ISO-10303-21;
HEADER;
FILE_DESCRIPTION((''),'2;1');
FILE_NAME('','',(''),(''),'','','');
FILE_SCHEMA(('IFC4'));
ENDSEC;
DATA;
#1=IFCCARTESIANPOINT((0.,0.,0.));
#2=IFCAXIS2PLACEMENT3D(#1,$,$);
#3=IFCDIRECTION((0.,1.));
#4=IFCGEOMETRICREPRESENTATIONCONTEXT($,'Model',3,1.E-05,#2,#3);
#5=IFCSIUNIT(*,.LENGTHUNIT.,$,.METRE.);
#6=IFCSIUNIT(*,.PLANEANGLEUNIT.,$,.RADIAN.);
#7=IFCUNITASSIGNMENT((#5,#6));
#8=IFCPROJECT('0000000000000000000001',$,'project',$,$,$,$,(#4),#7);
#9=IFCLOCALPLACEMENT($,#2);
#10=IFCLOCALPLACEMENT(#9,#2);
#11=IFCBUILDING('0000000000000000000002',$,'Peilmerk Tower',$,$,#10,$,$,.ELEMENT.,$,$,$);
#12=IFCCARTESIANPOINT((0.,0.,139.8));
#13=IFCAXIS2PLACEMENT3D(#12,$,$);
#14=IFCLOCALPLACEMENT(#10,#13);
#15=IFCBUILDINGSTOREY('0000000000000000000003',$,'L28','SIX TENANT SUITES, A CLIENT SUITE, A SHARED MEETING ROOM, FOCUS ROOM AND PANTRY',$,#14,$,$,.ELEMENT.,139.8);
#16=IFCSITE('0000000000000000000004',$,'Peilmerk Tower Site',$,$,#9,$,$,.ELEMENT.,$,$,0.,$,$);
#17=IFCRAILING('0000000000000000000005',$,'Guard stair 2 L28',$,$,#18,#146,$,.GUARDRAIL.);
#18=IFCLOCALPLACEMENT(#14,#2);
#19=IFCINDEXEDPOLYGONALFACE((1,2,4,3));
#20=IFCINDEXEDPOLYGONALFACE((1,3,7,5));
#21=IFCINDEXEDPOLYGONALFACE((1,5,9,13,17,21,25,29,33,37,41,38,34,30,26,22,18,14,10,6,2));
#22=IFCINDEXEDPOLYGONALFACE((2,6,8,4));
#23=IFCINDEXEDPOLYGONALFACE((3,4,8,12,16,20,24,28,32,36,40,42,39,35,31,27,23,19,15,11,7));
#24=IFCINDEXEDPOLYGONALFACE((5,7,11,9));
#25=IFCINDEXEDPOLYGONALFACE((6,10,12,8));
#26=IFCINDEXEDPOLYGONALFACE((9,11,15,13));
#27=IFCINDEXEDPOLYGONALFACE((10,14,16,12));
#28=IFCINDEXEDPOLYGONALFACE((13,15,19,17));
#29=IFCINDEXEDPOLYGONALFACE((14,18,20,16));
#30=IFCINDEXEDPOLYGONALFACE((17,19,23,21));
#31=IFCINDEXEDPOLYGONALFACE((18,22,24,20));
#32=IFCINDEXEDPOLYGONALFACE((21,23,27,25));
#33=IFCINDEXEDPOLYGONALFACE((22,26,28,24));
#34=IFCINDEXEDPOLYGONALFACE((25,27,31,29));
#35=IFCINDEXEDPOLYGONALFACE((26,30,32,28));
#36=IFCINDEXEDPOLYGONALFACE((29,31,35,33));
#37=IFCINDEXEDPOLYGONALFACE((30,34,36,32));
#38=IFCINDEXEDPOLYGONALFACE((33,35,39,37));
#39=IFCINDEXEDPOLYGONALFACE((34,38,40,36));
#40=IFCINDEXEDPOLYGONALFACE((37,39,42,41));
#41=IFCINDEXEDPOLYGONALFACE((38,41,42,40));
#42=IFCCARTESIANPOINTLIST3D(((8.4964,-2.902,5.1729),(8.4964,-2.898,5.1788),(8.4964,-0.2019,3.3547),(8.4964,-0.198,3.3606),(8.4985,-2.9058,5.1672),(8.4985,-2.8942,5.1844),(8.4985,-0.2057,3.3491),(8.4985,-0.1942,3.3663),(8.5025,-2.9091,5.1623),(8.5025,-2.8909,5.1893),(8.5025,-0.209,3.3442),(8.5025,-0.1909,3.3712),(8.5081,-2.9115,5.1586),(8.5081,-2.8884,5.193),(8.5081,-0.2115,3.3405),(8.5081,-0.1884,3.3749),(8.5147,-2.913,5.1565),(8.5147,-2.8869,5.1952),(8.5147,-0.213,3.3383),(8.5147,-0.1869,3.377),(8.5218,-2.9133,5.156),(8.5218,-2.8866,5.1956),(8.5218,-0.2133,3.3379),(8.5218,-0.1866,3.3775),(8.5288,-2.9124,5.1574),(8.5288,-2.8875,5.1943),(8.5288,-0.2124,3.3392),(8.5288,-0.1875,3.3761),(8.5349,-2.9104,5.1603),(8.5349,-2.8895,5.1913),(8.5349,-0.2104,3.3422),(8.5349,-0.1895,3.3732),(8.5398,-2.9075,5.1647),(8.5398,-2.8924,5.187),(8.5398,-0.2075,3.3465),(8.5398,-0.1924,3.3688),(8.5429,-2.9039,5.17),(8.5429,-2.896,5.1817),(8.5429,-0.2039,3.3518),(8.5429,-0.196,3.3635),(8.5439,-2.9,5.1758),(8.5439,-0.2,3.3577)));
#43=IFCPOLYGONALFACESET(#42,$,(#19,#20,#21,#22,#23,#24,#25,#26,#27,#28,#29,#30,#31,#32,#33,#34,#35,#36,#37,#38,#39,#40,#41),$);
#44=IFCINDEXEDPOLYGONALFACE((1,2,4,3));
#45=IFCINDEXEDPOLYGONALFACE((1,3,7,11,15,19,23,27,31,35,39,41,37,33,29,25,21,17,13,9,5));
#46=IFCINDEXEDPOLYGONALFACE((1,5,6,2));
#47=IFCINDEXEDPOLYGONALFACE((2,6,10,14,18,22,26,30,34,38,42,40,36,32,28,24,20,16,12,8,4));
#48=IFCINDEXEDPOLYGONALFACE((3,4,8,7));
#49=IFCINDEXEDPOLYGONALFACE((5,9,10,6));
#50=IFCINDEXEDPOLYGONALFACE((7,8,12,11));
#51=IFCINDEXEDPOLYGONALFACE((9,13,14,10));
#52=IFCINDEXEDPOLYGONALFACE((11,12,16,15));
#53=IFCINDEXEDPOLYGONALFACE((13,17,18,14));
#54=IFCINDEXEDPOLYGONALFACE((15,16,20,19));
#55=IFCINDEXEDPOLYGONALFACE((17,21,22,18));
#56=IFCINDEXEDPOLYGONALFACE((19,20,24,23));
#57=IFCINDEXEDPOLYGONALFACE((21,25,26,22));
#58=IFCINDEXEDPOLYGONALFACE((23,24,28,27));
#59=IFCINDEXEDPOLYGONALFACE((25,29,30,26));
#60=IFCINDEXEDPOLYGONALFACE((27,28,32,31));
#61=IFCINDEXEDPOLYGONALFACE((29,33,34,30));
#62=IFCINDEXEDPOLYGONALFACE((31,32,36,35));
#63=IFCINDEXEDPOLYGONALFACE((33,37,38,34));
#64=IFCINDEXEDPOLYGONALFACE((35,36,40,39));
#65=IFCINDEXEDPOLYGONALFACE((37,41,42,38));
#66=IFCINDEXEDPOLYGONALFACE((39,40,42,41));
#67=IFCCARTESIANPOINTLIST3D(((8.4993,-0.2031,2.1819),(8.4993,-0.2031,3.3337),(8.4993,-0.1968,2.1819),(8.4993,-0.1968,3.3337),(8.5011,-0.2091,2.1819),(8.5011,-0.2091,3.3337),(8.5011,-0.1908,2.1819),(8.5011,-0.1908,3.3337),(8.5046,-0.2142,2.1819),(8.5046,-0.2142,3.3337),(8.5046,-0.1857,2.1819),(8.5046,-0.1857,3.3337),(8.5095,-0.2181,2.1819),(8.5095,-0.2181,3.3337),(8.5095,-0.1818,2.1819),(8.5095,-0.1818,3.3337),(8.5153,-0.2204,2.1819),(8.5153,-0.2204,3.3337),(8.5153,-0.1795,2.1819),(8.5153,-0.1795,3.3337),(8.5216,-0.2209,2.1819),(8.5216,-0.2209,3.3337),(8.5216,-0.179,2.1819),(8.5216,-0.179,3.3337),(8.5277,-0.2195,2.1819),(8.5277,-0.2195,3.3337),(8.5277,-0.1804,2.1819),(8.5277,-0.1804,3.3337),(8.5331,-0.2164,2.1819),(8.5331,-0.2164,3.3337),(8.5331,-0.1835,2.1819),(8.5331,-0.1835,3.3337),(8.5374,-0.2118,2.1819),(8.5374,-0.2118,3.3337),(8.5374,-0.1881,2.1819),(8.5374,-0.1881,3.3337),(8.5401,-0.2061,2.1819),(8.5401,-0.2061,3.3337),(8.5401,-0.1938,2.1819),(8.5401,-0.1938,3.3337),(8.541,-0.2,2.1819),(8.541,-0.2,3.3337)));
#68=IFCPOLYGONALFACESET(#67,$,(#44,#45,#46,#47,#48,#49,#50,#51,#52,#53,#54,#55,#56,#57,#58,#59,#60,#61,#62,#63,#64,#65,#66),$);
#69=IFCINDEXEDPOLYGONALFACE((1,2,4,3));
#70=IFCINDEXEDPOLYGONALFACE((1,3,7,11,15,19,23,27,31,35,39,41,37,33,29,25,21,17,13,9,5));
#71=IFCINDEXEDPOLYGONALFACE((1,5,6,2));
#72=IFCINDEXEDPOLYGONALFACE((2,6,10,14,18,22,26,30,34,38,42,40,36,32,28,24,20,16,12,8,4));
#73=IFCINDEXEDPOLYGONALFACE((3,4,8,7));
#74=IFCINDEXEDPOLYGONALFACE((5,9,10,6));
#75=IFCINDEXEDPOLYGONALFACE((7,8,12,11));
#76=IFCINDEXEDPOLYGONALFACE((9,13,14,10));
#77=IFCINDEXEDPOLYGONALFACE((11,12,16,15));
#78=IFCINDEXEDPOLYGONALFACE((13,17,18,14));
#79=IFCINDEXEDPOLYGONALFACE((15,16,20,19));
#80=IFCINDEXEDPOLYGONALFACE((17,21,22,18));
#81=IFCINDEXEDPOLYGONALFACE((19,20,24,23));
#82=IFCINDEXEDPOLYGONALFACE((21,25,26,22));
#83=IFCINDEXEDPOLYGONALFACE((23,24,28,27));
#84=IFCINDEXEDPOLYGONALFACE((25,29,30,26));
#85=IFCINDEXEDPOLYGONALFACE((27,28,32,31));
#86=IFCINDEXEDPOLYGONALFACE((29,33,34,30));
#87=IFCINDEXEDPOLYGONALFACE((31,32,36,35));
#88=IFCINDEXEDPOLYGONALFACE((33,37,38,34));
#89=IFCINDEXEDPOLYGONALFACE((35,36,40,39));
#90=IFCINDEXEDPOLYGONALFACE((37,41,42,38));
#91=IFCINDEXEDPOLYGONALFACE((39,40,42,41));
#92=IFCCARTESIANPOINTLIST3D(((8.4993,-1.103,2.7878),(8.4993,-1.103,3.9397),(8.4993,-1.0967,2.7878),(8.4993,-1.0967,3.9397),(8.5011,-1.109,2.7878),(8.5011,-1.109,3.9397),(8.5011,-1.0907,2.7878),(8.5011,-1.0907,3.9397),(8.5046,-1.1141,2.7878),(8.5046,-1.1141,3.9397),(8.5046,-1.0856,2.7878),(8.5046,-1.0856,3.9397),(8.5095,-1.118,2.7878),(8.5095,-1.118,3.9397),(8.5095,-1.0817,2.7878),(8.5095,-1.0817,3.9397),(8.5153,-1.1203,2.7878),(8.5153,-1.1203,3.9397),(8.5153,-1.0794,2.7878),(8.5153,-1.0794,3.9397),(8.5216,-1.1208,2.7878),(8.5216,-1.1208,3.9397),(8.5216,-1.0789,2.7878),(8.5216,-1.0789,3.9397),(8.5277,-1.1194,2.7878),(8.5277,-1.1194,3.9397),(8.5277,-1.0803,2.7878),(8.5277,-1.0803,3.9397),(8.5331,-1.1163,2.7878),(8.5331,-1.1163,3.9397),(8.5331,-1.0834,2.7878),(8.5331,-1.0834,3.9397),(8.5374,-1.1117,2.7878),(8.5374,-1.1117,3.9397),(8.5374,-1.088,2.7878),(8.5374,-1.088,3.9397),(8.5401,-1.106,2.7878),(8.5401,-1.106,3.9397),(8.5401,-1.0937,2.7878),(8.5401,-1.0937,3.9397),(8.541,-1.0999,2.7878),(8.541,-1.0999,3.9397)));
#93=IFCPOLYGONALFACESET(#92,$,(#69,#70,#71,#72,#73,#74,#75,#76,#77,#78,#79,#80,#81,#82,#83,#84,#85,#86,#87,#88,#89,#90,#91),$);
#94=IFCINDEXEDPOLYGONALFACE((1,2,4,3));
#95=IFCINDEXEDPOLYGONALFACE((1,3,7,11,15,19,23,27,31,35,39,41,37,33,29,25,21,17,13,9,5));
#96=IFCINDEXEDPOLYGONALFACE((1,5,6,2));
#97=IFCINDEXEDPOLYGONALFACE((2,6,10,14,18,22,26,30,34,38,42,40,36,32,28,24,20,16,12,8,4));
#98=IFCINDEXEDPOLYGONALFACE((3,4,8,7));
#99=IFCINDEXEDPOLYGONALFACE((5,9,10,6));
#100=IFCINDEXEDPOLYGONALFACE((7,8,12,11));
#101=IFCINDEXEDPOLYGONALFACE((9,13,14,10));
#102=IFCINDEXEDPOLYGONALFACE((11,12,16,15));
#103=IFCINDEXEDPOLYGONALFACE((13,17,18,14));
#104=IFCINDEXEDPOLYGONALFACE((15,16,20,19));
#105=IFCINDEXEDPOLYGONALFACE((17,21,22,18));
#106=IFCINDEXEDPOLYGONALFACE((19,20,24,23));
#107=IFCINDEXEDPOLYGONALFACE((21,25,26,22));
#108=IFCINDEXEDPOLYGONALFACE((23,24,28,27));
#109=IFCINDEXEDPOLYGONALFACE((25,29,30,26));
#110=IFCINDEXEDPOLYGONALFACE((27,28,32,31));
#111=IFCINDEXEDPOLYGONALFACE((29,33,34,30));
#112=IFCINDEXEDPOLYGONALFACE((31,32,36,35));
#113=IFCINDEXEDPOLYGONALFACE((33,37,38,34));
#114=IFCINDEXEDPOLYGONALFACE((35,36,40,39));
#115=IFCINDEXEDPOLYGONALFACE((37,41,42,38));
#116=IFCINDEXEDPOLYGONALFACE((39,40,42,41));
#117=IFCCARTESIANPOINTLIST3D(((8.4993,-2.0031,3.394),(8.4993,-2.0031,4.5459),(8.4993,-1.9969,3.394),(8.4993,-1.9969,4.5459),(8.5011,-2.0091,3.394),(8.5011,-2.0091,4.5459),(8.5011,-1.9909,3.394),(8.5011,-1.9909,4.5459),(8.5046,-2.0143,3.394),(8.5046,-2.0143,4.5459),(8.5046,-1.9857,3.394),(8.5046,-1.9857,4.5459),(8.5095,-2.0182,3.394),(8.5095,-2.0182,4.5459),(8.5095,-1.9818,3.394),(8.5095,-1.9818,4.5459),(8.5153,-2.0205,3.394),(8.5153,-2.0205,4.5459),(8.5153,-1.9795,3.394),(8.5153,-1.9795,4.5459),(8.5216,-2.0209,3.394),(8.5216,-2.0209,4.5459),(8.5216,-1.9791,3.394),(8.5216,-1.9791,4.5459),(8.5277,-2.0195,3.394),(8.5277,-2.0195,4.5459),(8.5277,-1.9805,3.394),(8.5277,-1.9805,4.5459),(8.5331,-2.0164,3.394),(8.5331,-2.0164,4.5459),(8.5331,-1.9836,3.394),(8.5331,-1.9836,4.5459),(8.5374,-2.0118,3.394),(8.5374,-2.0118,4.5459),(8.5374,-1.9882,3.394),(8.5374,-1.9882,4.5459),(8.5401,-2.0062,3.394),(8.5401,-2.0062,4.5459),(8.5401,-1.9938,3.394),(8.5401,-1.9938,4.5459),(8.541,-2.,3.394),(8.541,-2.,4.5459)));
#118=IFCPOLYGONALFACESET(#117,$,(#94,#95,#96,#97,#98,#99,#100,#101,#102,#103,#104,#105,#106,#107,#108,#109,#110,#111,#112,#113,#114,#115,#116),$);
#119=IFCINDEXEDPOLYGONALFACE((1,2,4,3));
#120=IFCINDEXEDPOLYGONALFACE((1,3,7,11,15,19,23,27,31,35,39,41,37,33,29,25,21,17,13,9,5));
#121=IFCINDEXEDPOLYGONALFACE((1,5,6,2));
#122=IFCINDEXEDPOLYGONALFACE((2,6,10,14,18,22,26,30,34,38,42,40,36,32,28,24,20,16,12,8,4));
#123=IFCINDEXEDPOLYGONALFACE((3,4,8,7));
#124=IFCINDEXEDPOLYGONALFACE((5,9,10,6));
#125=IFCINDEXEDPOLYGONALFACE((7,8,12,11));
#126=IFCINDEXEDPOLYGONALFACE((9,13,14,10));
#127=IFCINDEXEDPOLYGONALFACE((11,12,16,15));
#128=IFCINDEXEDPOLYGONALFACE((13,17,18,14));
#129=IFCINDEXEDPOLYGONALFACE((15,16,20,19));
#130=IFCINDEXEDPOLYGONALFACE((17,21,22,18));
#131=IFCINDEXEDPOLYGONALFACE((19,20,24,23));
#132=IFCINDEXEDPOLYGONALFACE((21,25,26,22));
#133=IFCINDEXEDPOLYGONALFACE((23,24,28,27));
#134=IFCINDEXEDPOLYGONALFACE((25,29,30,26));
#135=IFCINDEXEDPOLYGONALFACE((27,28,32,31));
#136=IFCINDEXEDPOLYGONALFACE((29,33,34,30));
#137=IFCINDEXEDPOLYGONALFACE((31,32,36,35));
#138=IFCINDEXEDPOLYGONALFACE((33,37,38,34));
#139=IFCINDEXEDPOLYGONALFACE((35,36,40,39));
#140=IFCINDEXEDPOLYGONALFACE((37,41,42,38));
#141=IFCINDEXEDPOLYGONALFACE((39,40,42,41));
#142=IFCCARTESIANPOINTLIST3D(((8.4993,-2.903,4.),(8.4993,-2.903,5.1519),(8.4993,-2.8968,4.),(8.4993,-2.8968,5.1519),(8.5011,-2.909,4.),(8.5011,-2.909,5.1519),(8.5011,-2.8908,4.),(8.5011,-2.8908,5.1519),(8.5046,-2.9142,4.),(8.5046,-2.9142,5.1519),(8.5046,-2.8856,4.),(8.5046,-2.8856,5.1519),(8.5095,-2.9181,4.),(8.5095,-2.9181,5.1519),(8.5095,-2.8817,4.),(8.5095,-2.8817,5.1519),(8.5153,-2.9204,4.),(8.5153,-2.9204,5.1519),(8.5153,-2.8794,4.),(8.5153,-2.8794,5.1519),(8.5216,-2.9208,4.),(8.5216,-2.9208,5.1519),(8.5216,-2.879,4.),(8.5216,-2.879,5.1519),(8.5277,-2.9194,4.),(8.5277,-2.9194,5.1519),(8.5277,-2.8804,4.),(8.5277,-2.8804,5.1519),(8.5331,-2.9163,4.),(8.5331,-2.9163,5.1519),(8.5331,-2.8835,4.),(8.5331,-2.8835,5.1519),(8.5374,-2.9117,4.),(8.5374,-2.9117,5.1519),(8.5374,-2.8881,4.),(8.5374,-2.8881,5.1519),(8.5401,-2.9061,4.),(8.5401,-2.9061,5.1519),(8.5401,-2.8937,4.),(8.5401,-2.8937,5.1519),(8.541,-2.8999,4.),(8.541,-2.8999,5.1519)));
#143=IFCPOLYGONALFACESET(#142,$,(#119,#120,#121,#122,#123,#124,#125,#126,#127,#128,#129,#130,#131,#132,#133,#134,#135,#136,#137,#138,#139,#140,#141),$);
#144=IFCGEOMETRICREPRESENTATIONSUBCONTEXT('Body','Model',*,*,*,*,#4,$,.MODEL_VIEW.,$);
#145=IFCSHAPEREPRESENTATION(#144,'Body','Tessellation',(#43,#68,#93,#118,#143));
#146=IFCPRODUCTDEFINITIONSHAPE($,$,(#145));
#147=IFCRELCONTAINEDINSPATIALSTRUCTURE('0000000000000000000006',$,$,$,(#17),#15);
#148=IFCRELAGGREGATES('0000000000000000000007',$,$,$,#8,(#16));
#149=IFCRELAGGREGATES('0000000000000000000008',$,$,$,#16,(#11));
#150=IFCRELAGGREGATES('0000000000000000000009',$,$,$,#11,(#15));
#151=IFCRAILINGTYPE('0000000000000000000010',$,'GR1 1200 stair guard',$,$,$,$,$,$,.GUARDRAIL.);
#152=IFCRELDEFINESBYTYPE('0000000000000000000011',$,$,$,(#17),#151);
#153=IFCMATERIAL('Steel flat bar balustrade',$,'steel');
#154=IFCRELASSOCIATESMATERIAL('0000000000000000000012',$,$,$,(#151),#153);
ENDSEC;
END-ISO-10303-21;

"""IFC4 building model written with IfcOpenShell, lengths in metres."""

from ifc_helpers import new_model, si_unit, direction, frame, origin, origin_2d, place, context, subcontext, project, spatial, circle, extrude, material, type_object, element, save


model = new_model("IFC4")

# Units and contexts
model_context = context("Model", 3, precision=1e-05, world=origin(), true_north=direction((0.0, 1.0)))
body_context = subcontext(model_context, "Body", "Model", "MODEL_VIEW")
ifc_project = project(units=[si_unit("LENGTHUNIT", "METRE"), si_unit("PLANEANGLEUNIT", "RADIAN")], contexts=[model_context])

# Site, building, storey
site_placement = place(None, origin())
site = spatial("IfcSite", under=ifc_project, at=site_placement, Name="Peilmerk Tower Site", CompositionType="ELEMENT", RefElevation=0.0)
building_placement = place(site_placement, origin())
building = spatial("IfcBuilding", under=site, at=building_placement, Name="Peilmerk Tower", CompositionType="ELEMENT")
storey_placement = place(building_placement, frame((0.0, 0.0, 139.8)))
storey = spatial("IfcBuildingStorey", under=building, at=storey_placement, Name="L28", Description="SIX TENANT SUITES, A CLIENT SUITE, A SHARED MEETING ROOM, FOCUS ROOM AND PANTRY", CompositionType="ELEMENT", Elevation=139.8)

# Railing
ifc_material_1 = material(Name="Steel flat bar balustrade", Category="steel")
railing_type_1 = type_object("IfcRailingType", Name="GR1 1200 stair guard", PredefinedType="GUARDRAIL", material=ifc_material_1)
railing_1_placement = place(storey_placement, frame((8.52, -0.2, 2.1819)))
element("IfcRailing", 1, at=railing_1_placement, inside=storey, type_object=railing_type_1, Name="Guard stair 2 L28", PredefinedType="GUARDRAIL", context=body_context, shape_type="SweptSolid", body=[
    extrude(circle(Radius=0.0239, at=origin_2d()), frame((0.0, 0.0, 1.1758), z_axis=(0.0, -0.829468, 0.558554), x_axis=(1.0, 0.0, 0.0)), (0.0, 0.0, 1.0), 3.2551),
    extrude(circle(Radius=0.021, at=origin_2d()), origin(), (0.0, 0.0, 1.0), 1.1519),
    extrude(circle(Radius=0.021, at=origin_2d()), frame((0.0, -0.8999, 0.606)), (0.0, 0.0, 1.0), 1.1519),
    extrude(circle(Radius=0.021, at=origin_2d()), frame((0.0, -1.8, 1.2122)), (0.0, 0.0, 1.0), 1.1519),
    extrude(circle(Radius=0.021, at=origin_2d()), frame((0.0, -2.7, 1.8181)), (0.0, 0.0, 1.0), 1.1519),
])

save(model, "model.ifc")
